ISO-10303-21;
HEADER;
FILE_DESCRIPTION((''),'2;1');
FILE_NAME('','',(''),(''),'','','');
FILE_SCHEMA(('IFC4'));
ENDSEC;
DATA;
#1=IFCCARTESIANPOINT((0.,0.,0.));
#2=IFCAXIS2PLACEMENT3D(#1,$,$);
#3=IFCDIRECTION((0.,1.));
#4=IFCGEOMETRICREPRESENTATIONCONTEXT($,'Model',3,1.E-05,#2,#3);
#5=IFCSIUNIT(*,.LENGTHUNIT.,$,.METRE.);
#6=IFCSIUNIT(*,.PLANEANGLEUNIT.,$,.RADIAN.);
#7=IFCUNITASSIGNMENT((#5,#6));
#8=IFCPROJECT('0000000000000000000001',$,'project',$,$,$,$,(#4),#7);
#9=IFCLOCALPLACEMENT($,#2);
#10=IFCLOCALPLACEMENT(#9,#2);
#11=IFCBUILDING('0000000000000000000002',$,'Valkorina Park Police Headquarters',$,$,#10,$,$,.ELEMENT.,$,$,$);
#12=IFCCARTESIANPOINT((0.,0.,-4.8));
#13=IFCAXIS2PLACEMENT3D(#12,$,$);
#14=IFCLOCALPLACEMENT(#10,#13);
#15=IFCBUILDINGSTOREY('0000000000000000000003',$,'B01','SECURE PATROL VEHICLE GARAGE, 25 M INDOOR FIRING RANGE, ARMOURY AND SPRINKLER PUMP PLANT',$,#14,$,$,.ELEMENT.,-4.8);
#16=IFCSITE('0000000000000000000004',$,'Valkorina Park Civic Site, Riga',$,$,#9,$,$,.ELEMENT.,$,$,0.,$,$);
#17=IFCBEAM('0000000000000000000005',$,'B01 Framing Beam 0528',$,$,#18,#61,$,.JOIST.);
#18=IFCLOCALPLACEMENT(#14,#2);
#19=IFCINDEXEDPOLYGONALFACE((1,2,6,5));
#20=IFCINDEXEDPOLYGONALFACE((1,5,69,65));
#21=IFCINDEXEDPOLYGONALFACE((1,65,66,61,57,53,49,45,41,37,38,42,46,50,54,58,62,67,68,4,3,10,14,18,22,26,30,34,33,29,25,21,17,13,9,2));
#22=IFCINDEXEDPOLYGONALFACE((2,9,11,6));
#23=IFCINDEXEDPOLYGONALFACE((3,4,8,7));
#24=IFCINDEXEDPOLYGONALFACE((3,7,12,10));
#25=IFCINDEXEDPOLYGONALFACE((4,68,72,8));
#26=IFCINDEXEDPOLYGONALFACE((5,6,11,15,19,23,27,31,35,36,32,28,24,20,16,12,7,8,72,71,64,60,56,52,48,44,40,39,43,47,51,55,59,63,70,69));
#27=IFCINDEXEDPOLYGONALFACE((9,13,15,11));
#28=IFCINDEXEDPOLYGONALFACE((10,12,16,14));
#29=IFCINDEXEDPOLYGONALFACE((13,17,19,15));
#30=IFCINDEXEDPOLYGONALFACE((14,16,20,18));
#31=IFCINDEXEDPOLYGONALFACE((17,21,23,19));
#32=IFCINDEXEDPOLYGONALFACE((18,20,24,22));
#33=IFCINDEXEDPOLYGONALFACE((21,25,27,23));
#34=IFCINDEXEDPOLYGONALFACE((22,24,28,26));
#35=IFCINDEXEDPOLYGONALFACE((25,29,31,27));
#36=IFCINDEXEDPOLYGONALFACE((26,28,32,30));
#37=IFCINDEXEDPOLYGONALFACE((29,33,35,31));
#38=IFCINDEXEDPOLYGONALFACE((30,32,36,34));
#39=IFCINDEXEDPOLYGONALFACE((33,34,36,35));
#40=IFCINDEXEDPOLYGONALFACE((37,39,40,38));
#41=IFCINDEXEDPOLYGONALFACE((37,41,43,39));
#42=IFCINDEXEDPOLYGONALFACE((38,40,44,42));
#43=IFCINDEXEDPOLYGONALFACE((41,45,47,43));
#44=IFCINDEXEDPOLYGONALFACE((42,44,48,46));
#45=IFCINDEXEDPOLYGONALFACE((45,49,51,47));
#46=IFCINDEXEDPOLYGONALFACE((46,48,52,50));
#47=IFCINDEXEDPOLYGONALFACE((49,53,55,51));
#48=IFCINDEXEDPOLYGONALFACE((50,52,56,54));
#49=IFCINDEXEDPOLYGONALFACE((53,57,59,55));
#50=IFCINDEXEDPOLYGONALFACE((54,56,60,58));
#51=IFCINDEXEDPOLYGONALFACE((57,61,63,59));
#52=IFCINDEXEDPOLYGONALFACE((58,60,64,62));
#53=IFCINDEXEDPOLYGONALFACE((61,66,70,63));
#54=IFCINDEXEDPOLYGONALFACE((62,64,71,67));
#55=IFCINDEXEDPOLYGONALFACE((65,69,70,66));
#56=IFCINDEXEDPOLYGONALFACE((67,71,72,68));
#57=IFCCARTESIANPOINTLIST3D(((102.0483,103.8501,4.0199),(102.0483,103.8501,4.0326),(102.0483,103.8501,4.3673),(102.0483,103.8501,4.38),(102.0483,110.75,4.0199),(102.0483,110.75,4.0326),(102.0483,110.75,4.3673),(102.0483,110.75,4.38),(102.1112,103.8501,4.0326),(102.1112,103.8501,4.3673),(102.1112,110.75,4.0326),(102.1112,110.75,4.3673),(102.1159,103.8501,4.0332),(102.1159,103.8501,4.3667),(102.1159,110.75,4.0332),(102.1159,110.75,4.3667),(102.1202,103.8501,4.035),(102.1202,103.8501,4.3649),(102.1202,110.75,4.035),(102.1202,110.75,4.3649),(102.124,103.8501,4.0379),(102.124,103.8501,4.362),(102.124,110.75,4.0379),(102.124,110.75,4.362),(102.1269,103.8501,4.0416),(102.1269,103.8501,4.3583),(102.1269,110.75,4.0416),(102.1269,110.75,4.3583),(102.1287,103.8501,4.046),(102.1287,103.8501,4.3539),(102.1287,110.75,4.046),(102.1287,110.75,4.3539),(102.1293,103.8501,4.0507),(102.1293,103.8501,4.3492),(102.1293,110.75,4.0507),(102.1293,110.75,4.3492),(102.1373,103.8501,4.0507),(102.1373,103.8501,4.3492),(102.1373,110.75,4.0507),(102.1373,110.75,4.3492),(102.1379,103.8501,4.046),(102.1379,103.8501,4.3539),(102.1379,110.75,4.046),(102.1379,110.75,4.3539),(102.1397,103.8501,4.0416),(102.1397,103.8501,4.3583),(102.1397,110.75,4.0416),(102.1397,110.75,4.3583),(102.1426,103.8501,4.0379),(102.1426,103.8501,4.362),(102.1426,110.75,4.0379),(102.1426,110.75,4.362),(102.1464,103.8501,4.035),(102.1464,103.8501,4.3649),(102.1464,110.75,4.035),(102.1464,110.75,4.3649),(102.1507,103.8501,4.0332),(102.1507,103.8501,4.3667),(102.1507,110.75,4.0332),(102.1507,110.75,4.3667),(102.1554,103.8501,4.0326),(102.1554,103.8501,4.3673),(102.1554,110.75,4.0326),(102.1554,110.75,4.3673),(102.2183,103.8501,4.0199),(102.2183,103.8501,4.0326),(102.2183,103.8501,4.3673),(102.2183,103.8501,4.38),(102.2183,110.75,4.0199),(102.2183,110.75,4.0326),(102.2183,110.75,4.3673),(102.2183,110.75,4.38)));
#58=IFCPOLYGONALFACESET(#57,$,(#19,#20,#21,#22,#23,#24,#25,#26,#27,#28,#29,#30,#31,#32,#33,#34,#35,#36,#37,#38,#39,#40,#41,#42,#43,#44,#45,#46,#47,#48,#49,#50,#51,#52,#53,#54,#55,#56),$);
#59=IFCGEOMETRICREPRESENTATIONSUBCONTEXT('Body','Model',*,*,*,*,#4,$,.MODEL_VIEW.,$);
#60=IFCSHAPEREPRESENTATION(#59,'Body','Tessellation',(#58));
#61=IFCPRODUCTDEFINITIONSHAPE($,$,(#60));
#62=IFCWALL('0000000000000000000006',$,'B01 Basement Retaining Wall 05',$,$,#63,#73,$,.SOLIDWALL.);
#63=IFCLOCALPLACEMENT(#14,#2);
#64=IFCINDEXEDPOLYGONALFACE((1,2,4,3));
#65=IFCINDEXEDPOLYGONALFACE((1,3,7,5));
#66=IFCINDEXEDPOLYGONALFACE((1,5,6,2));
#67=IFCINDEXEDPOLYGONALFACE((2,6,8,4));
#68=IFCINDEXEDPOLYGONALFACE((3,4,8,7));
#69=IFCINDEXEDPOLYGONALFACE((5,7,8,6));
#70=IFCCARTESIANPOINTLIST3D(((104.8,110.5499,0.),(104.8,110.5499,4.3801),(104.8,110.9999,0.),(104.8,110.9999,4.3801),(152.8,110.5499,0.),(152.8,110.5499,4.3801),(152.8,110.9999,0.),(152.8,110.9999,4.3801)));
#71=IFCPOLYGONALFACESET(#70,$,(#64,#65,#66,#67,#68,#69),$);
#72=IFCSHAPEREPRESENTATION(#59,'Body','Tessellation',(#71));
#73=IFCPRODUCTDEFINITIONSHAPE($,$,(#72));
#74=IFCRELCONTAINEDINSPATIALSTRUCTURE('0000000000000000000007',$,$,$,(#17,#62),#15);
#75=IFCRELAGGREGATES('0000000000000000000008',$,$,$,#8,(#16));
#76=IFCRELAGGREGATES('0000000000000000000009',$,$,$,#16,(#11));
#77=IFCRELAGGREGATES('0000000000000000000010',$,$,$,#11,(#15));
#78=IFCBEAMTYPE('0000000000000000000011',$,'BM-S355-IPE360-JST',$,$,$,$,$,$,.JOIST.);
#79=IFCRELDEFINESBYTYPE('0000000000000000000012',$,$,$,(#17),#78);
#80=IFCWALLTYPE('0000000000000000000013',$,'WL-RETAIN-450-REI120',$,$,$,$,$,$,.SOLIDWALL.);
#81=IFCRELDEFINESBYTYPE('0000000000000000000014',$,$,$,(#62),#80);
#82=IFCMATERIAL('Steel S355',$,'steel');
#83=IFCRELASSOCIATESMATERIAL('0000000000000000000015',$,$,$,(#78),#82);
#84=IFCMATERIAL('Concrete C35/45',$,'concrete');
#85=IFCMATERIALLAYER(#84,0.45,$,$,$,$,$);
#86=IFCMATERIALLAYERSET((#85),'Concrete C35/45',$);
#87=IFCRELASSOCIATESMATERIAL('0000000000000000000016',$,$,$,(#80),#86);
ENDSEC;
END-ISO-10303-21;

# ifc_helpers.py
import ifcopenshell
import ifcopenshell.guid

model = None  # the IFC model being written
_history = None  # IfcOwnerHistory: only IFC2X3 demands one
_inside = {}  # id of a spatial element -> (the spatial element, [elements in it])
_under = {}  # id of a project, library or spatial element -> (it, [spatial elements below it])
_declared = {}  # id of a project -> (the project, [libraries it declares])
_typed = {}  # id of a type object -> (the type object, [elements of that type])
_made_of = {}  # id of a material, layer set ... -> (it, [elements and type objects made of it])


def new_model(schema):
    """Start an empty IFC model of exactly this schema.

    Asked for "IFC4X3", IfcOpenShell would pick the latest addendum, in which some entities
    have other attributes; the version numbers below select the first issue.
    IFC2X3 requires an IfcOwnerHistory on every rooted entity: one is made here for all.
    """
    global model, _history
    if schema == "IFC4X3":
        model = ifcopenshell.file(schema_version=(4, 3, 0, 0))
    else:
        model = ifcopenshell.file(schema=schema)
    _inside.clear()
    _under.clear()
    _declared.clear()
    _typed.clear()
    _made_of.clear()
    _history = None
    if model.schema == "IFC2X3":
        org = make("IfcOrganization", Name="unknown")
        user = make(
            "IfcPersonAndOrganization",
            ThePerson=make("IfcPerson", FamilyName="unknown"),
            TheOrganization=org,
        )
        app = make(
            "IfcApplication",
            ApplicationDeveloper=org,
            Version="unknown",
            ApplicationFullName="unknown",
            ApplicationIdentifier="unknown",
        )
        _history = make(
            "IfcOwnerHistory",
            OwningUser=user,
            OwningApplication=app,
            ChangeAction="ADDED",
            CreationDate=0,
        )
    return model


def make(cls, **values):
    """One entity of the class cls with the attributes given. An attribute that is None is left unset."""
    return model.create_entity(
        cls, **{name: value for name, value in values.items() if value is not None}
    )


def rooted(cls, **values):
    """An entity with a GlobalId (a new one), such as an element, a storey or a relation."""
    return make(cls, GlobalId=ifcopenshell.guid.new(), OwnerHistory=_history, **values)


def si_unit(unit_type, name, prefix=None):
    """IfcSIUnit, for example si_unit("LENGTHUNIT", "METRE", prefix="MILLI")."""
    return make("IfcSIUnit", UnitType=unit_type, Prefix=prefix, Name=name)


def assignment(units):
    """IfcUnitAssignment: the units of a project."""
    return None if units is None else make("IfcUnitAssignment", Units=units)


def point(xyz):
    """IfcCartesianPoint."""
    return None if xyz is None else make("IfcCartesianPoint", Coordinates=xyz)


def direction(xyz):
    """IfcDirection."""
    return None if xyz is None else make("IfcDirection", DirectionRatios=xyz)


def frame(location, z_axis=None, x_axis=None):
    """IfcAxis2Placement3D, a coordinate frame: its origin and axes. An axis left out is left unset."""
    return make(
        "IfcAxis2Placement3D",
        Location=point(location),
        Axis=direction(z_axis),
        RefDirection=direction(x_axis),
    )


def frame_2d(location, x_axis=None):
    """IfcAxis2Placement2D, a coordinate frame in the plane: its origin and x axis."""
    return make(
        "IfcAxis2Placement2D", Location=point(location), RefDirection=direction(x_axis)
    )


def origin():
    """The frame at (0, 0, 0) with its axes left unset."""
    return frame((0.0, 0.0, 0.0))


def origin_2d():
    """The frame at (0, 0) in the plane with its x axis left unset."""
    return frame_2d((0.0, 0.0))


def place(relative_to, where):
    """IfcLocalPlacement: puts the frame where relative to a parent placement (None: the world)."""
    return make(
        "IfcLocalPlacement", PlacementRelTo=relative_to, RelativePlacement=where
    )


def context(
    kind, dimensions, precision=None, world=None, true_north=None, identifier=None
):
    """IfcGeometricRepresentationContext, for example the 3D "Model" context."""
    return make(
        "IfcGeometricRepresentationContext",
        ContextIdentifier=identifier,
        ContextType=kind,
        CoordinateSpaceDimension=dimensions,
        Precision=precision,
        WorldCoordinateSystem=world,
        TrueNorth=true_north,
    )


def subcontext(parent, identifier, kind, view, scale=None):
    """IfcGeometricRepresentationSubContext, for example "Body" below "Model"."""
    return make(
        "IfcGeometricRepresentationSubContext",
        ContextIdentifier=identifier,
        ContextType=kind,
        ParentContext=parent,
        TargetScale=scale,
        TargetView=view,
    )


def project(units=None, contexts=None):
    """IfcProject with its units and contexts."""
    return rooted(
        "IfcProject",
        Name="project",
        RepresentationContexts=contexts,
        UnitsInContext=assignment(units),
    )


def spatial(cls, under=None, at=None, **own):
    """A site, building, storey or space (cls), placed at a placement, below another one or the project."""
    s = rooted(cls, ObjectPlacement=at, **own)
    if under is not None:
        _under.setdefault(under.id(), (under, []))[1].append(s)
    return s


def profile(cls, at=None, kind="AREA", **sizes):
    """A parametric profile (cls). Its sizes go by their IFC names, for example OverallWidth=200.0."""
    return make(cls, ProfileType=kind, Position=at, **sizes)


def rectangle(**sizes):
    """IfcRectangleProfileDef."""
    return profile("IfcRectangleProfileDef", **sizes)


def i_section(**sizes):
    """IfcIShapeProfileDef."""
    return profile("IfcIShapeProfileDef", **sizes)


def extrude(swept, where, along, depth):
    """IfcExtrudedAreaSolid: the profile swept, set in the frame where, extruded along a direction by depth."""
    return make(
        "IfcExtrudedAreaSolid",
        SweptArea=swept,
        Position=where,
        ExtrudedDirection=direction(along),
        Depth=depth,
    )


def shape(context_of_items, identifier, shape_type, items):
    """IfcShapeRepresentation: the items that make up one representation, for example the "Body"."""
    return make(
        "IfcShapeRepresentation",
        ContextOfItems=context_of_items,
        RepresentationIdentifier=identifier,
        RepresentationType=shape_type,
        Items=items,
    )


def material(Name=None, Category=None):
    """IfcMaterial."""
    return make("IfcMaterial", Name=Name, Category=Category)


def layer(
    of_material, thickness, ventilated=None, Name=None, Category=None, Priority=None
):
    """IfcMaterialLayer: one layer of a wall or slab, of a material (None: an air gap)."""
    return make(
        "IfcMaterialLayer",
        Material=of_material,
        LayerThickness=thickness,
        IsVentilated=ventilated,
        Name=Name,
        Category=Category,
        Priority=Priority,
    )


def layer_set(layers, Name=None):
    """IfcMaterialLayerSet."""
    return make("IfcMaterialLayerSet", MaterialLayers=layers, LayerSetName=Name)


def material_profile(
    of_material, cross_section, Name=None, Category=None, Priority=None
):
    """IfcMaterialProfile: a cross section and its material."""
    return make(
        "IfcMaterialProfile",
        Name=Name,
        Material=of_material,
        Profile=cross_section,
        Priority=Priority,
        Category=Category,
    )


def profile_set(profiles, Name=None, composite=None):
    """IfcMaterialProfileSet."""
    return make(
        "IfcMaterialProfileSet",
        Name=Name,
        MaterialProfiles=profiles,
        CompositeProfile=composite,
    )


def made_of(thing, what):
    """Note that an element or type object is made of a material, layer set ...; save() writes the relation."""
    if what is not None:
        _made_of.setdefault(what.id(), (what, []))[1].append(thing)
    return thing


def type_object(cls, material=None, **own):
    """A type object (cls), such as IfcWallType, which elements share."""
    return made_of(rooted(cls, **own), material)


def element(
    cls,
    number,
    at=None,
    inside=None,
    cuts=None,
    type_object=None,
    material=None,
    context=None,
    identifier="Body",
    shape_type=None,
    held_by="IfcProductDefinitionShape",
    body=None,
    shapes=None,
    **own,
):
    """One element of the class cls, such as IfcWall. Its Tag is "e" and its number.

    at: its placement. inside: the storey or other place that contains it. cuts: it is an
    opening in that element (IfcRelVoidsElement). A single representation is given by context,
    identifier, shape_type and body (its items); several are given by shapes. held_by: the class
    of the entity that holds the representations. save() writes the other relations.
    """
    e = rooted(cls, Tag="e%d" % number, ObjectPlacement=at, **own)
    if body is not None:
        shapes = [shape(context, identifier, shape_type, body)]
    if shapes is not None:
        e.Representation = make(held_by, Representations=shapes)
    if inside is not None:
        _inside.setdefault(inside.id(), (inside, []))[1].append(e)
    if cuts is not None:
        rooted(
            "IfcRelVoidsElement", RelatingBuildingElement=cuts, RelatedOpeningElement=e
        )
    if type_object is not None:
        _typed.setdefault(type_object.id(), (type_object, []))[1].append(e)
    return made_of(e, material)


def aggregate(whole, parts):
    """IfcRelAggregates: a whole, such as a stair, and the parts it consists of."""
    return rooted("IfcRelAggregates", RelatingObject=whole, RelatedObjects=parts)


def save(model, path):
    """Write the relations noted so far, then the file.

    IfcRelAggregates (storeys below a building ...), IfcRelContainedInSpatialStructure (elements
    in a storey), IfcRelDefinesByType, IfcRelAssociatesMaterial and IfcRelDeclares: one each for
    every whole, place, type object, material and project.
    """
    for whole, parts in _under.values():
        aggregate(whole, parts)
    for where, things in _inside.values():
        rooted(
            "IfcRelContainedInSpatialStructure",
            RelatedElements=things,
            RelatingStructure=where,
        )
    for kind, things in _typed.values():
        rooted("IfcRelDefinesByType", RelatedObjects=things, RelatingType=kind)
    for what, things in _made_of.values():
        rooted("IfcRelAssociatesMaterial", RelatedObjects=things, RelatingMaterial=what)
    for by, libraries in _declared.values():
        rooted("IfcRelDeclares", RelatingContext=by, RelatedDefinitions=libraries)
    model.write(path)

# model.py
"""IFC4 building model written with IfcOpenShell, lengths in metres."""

from ifc_helpers import new_model, si_unit, direction, frame, frame_2d, origin, origin_2d, place, context, subcontext, project, spatial, rectangle, i_section, extrude, material, layer, layer_set, material_profile, profile_set, type_object, element, save


model = new_model("IFC4")

# Units and contexts
model_context = context("Model", 3, precision=1e-05, world=origin(), true_north=direction((0.0, 1.0)))
body_context = subcontext(model_context, "Body", "Model", "MODEL_VIEW")
ifc_project = project(units=[si_unit("LENGTHUNIT", "METRE"), si_unit("PLANEANGLEUNIT", "RADIAN")], contexts=[model_context])

# Site, building, storey
site_placement = place(None, origin())
site = spatial("IfcSite", under=ifc_project, at=site_placement, Name="Valkorina Park Civic Site, Riga", CompositionType="ELEMENT", RefElevation=0.0)
building_placement = place(site_placement, origin())
building = spatial("IfcBuilding", under=site, at=building_placement, Name="Valkorina Park Police Headquarters", CompositionType="ELEMENT")
storey_placement = place(building_placement, frame((0.0, 0.0, -4.8)))
storey = spatial("IfcBuildingStorey", under=building, at=storey_placement, Name="B01", Description="SECURE PATROL VEHICLE GARAGE, 25 M INDOOR FIRING RANGE, ARMOURY AND SPRINKLER PUMP PLANT", CompositionType="ELEMENT", Elevation=-4.8)

# Beam
ifc_material_1 = material(Name="Steel S355", Category="steel")
ifc_material_profile_1 = material_profile(ifc_material_1, i_section(OverallWidth=0.1699, OverallDepth=0.3601, WebThickness=0.0081, FlangeThickness=0.0127, FilletRadius=0.0181, at=origin_2d()), Name="IPE 360")
ifc_profile_set_1 = profile_set([ifc_material_profile_1], Name="Steel S355")
beam_type_1 = type_object("IfcBeamType", Name="BM-S355-IPE360-JST", PredefinedType="JOIST", material=ifc_profile_set_1)
for number, where, z_axis, x_axis, name in (
    (1, (102.1333, 103.8501, 4.2), (0.0, 1.0, 0.0), (-1.0, 0.0, 0.0), "B01 Framing Beam 0528"),
):
    element("IfcBeam", number, at=place(storey_placement, frame(where, z_axis=z_axis, x_axis=x_axis)), inside=storey, type_object=beam_type_1, Name=name, PredefinedType="JOIST", context=body_context, shape_type="SweptSolid", body=[
        extrude(i_section(OverallWidth=0.1699, OverallDepth=0.3601, WebThickness=0.0081, FlangeThickness=0.0127, FilletRadius=0.0181, at=origin_2d()), origin(), (0.0, 0.0, 1.0), 6.8999),
    ])

# Wall
ifc_material_2 = material(Name="Concrete C35/45", Category="concrete")
ifc_layer = layer(ifc_material_2, 0.45)
ifc_layer_set = layer_set([ifc_layer], Name="Concrete C35/45")
wall_type = type_object("IfcWallType", Name="WL-RETAIN-450-REI120", PredefinedType="SOLIDWALL", material=ifc_layer_set)
wall_placement = place(storey_placement, frame((104.8, 110.7749, 0.0), z_axis=(0.0, 0.0, 1.0), x_axis=(1.0, 0.0, 0.0)))
element("IfcWall", 2, at=wall_placement, inside=storey, type_object=wall_type, Name="B01 Basement Retaining Wall 05", PredefinedType="SOLIDWALL", context=body_context, shape_type="SweptSolid", body=[
    extrude(rectangle(XDim=48.0, YDim=0.45, at=frame_2d((24.0, 0.0))), origin(), (0.0, 0.0, 1.0), 4.3801),
])

save(model, "model.ifc")
